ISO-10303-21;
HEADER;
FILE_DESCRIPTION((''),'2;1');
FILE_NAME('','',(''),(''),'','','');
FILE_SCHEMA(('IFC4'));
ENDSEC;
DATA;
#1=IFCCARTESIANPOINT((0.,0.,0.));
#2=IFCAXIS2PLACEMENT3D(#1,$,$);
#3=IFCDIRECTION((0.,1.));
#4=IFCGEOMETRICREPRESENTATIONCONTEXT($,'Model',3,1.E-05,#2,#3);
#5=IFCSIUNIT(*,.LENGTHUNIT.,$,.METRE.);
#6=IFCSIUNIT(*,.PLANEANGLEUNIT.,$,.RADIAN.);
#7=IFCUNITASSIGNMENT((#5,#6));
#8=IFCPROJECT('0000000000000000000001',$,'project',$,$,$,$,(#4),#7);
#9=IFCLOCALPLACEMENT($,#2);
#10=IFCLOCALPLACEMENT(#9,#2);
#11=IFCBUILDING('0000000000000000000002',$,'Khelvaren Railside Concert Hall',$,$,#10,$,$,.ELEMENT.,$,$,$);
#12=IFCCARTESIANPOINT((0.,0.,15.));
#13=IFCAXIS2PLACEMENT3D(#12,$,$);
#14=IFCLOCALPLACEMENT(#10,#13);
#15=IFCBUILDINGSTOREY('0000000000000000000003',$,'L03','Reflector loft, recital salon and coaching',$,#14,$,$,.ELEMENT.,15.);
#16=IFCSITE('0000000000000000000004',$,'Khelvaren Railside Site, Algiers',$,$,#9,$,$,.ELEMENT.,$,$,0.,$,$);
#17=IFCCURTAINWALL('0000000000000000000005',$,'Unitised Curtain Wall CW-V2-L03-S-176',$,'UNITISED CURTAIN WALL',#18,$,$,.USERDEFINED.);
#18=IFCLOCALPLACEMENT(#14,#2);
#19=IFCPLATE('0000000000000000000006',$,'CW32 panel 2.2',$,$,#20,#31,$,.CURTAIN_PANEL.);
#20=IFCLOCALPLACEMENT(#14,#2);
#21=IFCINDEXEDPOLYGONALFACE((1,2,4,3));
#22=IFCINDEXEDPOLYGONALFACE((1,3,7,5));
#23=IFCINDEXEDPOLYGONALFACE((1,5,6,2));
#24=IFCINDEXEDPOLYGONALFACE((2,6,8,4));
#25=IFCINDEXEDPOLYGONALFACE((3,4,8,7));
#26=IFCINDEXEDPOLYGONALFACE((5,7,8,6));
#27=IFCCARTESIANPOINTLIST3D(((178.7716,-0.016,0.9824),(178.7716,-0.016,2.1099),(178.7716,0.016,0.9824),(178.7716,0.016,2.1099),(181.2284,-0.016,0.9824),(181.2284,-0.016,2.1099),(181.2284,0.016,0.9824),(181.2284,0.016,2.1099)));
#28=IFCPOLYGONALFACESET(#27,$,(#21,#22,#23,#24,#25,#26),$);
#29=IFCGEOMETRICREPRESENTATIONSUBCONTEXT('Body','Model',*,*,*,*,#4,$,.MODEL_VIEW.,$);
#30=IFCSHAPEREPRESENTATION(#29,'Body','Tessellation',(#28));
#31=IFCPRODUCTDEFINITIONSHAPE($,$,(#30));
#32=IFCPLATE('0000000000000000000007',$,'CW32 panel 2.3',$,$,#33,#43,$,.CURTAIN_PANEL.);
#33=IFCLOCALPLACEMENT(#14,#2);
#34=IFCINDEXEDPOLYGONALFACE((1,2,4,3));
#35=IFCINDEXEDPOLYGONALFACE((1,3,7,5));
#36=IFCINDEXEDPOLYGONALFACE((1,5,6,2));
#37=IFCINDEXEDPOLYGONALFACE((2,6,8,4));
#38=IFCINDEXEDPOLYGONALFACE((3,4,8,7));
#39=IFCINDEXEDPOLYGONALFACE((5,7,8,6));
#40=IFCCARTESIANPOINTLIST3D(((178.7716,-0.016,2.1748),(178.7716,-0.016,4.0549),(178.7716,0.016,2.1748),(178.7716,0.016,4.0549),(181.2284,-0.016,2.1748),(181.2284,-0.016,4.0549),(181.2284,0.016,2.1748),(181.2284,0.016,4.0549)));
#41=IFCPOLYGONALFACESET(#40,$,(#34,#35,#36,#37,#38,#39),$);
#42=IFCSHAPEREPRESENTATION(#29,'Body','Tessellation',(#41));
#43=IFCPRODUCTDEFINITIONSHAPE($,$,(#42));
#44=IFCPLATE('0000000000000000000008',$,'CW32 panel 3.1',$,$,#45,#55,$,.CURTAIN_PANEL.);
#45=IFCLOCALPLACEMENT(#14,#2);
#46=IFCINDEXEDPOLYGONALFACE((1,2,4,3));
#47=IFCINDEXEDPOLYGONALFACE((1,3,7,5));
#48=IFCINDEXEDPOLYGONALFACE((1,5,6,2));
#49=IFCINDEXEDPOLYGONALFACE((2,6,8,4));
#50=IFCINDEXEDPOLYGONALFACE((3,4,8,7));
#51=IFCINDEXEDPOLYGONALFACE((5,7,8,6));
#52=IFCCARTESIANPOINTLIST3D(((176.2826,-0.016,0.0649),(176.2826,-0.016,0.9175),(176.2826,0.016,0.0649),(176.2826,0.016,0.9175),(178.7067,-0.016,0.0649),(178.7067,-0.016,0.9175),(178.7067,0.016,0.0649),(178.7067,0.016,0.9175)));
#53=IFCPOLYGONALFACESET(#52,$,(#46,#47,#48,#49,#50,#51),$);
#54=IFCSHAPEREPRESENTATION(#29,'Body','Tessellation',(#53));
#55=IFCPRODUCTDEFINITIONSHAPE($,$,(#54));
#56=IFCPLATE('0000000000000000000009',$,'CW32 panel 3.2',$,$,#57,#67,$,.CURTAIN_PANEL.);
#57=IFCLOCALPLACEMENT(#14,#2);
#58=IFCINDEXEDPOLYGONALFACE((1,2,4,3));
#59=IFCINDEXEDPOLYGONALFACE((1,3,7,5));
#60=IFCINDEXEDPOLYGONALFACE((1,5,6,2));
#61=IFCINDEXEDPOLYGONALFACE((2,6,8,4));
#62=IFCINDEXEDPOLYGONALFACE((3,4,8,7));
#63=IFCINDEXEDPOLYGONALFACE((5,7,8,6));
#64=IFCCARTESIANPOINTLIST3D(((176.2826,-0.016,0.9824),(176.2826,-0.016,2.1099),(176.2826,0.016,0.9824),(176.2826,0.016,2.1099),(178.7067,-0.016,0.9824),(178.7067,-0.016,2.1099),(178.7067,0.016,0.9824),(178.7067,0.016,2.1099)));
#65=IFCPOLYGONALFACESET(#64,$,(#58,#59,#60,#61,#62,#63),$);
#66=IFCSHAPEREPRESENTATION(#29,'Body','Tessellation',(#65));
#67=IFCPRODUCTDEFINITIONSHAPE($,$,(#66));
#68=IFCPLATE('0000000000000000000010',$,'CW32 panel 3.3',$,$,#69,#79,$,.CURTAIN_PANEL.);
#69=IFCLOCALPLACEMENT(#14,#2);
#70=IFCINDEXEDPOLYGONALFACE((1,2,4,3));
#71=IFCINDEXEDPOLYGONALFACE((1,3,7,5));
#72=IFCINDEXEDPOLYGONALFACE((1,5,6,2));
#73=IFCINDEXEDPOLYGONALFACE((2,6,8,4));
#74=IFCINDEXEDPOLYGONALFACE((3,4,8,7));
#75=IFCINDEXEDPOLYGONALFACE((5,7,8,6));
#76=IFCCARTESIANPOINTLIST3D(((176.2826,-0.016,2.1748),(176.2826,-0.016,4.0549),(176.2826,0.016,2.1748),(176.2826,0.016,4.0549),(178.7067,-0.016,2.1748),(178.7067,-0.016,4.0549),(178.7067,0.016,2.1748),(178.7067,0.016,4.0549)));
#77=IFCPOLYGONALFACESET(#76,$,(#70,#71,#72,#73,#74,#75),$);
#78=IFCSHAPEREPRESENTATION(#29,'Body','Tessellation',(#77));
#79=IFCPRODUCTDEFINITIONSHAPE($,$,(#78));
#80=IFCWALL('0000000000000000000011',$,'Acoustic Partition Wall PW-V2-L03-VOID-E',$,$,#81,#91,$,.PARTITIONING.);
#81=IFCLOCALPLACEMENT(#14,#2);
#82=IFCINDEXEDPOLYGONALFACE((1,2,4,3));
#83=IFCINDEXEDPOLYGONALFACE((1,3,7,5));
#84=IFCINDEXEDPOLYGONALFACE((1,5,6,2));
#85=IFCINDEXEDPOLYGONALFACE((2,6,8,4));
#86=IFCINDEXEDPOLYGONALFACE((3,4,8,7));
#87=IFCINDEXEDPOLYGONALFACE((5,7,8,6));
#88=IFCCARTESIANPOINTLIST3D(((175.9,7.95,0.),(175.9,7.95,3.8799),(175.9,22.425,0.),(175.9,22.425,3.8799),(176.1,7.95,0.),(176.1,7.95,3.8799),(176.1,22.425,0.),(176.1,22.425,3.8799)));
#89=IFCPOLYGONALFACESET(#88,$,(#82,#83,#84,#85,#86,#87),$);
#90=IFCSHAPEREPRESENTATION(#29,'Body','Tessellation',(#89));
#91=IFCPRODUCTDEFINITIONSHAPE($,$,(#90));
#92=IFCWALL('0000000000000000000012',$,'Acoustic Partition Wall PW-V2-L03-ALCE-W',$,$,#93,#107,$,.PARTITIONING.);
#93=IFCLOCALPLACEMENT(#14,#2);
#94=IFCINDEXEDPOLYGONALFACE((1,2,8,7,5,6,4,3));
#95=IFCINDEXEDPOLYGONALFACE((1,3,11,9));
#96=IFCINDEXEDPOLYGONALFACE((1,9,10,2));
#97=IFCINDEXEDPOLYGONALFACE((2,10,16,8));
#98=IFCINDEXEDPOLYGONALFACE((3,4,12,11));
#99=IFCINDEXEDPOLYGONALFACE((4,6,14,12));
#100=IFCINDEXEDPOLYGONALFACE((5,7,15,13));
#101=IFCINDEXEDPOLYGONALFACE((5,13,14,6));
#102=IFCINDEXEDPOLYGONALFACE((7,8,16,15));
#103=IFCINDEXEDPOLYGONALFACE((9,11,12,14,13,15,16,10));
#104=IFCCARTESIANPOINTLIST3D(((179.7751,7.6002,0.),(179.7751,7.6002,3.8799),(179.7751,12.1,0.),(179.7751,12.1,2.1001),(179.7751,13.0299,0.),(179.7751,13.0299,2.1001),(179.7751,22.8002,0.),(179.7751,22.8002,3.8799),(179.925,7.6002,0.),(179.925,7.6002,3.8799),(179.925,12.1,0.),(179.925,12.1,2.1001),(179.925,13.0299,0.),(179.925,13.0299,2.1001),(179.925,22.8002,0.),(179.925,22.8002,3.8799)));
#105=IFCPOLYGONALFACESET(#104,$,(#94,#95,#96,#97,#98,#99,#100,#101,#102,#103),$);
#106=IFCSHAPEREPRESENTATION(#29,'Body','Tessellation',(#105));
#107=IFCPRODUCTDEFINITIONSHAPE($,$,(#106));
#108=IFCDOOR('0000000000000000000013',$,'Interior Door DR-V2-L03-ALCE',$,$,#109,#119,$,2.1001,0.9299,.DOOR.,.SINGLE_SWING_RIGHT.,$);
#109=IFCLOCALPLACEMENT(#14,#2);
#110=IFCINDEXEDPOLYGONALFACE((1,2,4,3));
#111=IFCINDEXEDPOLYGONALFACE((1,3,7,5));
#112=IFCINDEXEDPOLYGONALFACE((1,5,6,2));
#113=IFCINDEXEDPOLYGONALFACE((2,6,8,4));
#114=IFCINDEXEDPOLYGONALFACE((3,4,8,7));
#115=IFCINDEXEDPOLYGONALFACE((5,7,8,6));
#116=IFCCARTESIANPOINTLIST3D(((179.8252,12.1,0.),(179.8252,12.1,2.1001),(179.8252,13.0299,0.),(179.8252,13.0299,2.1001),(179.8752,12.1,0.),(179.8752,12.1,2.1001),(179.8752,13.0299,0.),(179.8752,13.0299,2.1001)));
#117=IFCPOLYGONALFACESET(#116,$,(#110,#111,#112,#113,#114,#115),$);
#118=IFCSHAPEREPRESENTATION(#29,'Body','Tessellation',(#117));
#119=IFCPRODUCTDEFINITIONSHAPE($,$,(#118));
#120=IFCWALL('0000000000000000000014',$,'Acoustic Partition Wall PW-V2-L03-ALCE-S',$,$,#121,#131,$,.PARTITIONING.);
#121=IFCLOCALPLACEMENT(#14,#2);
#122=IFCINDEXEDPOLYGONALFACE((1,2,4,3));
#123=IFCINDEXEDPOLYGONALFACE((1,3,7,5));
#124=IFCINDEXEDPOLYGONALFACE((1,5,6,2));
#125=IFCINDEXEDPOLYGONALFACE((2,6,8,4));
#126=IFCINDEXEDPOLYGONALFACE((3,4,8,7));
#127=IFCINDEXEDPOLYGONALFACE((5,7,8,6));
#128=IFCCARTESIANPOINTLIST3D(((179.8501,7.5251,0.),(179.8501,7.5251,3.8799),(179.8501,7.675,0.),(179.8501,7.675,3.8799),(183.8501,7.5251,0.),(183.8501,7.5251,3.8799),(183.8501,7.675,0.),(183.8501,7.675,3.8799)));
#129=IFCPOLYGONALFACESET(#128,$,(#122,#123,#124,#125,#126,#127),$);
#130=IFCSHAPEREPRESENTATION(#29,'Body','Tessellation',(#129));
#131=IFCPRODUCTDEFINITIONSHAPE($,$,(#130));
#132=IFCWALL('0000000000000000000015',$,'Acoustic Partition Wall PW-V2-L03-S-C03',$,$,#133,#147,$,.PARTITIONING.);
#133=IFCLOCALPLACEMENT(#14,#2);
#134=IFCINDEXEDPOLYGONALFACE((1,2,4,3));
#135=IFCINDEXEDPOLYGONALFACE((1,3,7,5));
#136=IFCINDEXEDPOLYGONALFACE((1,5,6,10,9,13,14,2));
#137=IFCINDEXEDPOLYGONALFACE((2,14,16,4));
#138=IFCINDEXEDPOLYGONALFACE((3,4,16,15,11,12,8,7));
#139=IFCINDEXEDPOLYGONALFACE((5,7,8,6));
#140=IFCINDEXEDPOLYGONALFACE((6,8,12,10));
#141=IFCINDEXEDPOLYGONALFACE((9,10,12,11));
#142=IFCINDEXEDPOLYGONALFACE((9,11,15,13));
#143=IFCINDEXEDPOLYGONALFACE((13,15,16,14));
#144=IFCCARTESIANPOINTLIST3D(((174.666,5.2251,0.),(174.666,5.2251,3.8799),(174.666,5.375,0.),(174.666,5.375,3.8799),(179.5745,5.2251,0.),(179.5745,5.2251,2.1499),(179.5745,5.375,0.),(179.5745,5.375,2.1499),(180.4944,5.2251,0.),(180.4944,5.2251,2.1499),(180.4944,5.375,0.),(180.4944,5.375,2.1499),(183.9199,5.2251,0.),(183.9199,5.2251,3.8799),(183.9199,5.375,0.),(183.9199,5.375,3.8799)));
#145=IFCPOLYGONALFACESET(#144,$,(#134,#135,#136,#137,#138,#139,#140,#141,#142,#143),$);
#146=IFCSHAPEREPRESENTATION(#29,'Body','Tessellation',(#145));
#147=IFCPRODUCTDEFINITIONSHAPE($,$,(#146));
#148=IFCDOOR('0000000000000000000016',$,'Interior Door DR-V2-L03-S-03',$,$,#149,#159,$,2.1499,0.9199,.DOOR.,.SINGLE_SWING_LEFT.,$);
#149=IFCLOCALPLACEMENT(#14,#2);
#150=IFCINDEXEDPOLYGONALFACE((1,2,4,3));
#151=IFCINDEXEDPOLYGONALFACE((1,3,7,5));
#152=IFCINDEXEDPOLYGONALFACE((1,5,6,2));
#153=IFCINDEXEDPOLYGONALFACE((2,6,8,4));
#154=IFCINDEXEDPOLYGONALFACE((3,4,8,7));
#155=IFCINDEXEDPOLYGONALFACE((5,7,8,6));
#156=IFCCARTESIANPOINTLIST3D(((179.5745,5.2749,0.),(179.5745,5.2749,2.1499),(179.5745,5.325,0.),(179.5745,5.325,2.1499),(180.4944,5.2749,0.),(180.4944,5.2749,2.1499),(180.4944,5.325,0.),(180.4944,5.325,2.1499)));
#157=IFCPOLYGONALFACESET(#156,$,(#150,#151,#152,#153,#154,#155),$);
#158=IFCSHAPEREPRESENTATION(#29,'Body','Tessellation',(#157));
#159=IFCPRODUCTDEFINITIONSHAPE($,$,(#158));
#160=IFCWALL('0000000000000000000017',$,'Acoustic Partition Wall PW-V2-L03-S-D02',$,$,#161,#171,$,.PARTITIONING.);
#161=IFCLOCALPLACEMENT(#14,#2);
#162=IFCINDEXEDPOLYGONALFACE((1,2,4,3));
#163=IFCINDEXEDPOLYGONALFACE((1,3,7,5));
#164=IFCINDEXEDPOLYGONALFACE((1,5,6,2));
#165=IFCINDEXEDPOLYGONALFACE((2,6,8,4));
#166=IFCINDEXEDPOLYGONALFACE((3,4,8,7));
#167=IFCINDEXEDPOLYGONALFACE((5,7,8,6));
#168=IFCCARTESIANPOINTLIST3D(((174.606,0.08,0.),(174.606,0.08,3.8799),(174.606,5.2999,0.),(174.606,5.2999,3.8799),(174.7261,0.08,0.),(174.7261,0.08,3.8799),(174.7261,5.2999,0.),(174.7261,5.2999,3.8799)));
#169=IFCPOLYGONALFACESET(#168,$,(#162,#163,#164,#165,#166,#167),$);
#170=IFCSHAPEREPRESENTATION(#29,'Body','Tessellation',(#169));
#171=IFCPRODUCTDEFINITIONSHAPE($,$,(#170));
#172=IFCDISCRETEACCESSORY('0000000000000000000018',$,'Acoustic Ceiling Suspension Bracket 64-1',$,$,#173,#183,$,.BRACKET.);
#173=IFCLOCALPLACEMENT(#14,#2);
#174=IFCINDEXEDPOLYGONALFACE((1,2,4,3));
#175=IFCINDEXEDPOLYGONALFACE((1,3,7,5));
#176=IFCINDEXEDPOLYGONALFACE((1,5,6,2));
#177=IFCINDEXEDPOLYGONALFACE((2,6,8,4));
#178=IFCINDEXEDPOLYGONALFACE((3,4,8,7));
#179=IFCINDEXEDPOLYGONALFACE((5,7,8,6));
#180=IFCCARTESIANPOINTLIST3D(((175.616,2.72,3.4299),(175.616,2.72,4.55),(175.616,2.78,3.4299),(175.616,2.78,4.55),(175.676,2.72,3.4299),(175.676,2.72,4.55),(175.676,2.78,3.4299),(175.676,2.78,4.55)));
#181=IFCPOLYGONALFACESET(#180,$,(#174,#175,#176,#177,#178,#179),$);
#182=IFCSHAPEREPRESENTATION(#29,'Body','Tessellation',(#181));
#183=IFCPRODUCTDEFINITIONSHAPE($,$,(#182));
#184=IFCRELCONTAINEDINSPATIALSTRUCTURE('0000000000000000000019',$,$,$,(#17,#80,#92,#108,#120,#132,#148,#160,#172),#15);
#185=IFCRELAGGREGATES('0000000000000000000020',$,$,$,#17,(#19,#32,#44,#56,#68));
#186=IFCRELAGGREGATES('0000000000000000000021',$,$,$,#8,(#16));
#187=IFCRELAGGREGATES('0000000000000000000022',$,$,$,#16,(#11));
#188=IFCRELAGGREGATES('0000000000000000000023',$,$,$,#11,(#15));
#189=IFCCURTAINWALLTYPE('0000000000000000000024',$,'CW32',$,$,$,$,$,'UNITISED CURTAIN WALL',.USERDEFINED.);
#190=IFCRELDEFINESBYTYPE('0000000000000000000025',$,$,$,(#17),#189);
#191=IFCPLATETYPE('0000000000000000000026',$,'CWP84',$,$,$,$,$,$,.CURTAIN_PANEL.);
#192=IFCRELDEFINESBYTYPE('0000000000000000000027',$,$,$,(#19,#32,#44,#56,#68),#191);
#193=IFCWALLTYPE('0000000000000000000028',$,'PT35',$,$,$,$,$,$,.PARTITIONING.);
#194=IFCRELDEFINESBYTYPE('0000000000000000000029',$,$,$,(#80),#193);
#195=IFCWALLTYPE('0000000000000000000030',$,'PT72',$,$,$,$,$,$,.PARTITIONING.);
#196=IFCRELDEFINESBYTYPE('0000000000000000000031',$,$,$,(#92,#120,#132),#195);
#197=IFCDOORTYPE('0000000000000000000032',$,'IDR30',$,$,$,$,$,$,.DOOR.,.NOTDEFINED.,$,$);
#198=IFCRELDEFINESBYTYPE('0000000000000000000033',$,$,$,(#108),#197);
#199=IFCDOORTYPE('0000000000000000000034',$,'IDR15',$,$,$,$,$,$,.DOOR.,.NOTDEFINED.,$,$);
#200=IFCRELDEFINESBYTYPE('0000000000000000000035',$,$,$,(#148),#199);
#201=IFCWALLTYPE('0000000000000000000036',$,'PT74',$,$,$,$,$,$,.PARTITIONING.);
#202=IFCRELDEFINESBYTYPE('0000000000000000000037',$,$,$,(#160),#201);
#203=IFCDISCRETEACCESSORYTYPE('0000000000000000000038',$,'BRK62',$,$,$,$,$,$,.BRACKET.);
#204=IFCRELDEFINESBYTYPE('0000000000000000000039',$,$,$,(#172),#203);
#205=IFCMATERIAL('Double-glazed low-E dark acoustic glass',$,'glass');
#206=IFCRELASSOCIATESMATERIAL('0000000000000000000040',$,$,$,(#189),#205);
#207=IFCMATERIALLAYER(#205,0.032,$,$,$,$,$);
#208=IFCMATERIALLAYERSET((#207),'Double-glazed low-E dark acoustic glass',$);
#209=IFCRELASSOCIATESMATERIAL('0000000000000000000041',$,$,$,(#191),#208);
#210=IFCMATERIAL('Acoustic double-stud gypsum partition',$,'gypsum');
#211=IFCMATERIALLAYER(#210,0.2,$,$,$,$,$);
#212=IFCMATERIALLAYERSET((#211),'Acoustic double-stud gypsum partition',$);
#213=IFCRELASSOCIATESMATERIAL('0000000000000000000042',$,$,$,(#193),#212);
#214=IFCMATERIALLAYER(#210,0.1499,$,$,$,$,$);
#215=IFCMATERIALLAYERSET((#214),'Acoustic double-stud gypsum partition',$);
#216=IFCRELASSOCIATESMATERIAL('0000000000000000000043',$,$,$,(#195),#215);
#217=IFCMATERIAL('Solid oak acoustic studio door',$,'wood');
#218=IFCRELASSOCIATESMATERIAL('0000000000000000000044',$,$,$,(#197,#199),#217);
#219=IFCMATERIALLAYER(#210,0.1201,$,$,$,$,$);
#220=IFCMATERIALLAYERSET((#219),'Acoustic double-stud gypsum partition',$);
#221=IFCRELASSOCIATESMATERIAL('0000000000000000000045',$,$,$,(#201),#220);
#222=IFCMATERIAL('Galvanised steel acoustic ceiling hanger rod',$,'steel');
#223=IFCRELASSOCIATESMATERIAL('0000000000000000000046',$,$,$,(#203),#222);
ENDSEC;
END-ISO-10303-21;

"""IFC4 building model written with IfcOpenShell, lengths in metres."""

from ifc_helpers import new_model, si_unit, direction, frame, frame_2d, origin, origin_2d, place, context, subcontext, project, spatial, rectangle, extrude, material, layer, layer_set, type_object, element, fill, aggregate, save


model = new_model("IFC4")

# Units and contexts
model_context = context("Model", 3, precision=1e-05, world=origin(), true_north=direction((0.0, 1.0)))
body_context = subcontext(model_context, "Body", "Model", "MODEL_VIEW")
ifc_project = project(units=[si_unit("LENGTHUNIT", "METRE"), si_unit("PLANEANGLEUNIT", "RADIAN")], contexts=[model_context])

# Site, building, storey
site_placement = place(None, origin())
site = spatial("IfcSite", under=ifc_project, at=site_placement, Name="Khelvaren Railside Site, Algiers", CompositionType="ELEMENT", RefElevation=0.0)
building_placement = place(site_placement, origin())
building = spatial("IfcBuilding", under=site, at=building_placement, Name="Khelvaren Railside Concert Hall", CompositionType="ELEMENT")
storey_placement = place(building_placement, frame((0.0, 0.0, 15.0)))
storey = spatial("IfcBuildingStorey", under=building, at=storey_placement, Name="L03", Description="Reflector loft, recital salon and coaching", CompositionType="ELEMENT", Elevation=15.0)

# Shared definitions
ifc_material_1 = material(Name="Double-glazed low-E dark acoustic glass", Category="glass")

# Curtain wall
curtain_wall_type_1 = type_object("IfcCurtainWallType", Name="CW32", ElementType="UNITISED CURTAIN WALL", PredefinedType="USERDEFINED", material=ifc_material_1)
curtain_wall_1_placement = place(storey_placement, origin())
curtain_wall_1 = element("IfcCurtainWall", 1, at=curtain_wall_1_placement, inside=storey, type_object=curtain_wall_type_1, Name="Unitised Curtain Wall CW-V2-L03-S-176", ObjectType="UNITISED CURTAIN WALL", PredefinedType="USERDEFINED")

# Plates
ifc_layer_1 = layer(ifc_material_1, 0.032)
ifc_layer_set_1 = layer_set([ifc_layer_1], Name="Double-glazed low-E dark acoustic glass")
plate_type = type_object("IfcPlateType", Name="CWP84", PredefinedType="CURTAIN_PANEL", material=ifc_layer_set_1)
plate_1_placement = place(storey_placement, frame((180.0, 0.0, 0.9824), z_axis=(0.0, 0.0, 1.0), x_axis=(-1.0, 0.0, 0.0)))
plate_1 = element("IfcPlate", 2, at=plate_1_placement, type_object=plate_type, Name="CW32 panel 2.2", PredefinedType="CURTAIN_PANEL", context=body_context, shape_type="SweptSolid", body=[
    extrude(rectangle(XDim=2.4568, YDim=0.032, at=origin_2d()), origin(), (0.0, 0.0, 1.0), 1.1274),
])
plate_2_placement = place(storey_placement, frame((180.0, 0.0, 2.1748), z_axis=(0.0, 0.0, 1.0), x_axis=(-1.0, 0.0, 0.0)))
plate_2 = element("IfcPlate", 3, at=plate_2_placement, type_object=plate_type, Name="CW32 panel 2.3", PredefinedType="CURTAIN_PANEL", context=body_context, shape_type="SweptSolid", body=[
    extrude(rectangle(XDim=2.4568, YDim=0.032, at=origin_2d()), origin(), (0.0, 0.0, 1.0), 1.8801),
])
plate_3_placement = place(storey_placement, frame((177.4946, 0.0, 0.0649), z_axis=(0.0, 0.0, 1.0), x_axis=(-1.0, 0.0, 0.0)))
plate_3 = element("IfcPlate", 4, at=plate_3_placement, type_object=plate_type, Name="CW32 panel 3.1", PredefinedType="CURTAIN_PANEL", context=body_context, shape_type="SweptSolid", body=[
    extrude(rectangle(XDim=2.4241, YDim=0.032, at=origin_2d()), origin(), (0.0, 0.0, 1.0), 0.8525),
])
plate_4_placement = place(storey_placement, frame((177.4946, 0.0, 0.9824), z_axis=(0.0, 0.0, 1.0), x_axis=(-1.0, 0.0, 0.0)))
plate_4 = element("IfcPlate", 5, at=plate_4_placement, type_object=plate_type, Name="CW32 panel 3.2", PredefinedType="CURTAIN_PANEL", context=body_context, shape_type="SweptSolid", body=[
    extrude(rectangle(XDim=2.4241, YDim=0.032, at=origin_2d()), origin(), (0.0, 0.0, 1.0), 1.1274),
])
plate_5_placement = place(storey_placement, frame((177.4946, 0.0, 2.1748), z_axis=(0.0, 0.0, 1.0), x_axis=(-1.0, 0.0, 0.0)))
plate_5 = element("IfcPlate", 6, at=plate_5_placement, type_object=plate_type, Name="CW32 panel 3.3", PredefinedType="CURTAIN_PANEL", context=body_context, shape_type="SweptSolid", body=[
    extrude(rectangle(XDim=2.4241, YDim=0.032, at=origin_2d()), origin(), (0.0, 0.0, 1.0), 1.8801),
])
aggregate(curtain_wall_1, [plate_1, plate_2, plate_3, plate_4, plate_5])

# Wall
ifc_material_2 = material(Name="Acoustic double-stud gypsum partition", Category="gypsum")
ifc_layer_2 = layer(ifc_material_2, 0.2)
ifc_layer_set_2 = layer_set([ifc_layer_2], Name="Acoustic double-stud gypsum partition")
wall_type_1 = type_object("IfcWallType", Name="PT35", PredefinedType="PARTITIONING", material=ifc_layer_set_2)
wall_1_placement = place(storey_placement, frame((176.0, 7.95, 0.0), z_axis=(0.0, 0.0, 1.0), x_axis=(0.0, 1.0, 0.0)))
element("IfcWall", 7, at=wall_1_placement, inside=storey, type_object=wall_type_1, Name="Acoustic Partition Wall PW-V2-L03-VOID-E", PredefinedType="PARTITIONING", context=body_context, shape_type="SweptSolid", body=[
    extrude(rectangle(XDim=14.4751, YDim=0.2, at=frame_2d((7.2375, 0.0))), origin(), (0.0, 0.0, 1.0), 3.8799),
])

# Wall, opening, door
ifc_layer_3 = layer(ifc_material_2, 0.1499)
ifc_layer_set_3 = layer_set([ifc_layer_3], Name="Acoustic double-stud gypsum partition")
wall_type_2 = type_object("IfcWallType", Name="PT72", PredefinedType="PARTITIONING", material=ifc_layer_set_3)
wall_2_placement = place(storey_placement, frame((179.8501, 7.6001, 0.0), z_axis=(0.0, 0.0, 1.0), x_axis=(0.0, 1.0, 0.0)))
wall_2 = element("IfcWall", 8, at=wall_2_placement, inside=storey, type_object=wall_type_2, Name="Acoustic Partition Wall PW-V2-L03-ALCE-W", PredefinedType="PARTITIONING", context=body_context, shape_type="SweptSolid", body=[
    extrude(rectangle(XDim=15.2, YDim=0.1499, at=frame_2d((7.6001, 0.0))), origin(), (0.0, 0.0, 1.0), 3.8799),
])
opening_1_placement = place(wall_2_placement, frame((4.5, 0.0, 0.0)))
opening_1 = element("IfcOpeningElement", 9, at=opening_1_placement, cuts=wall_2, PredefinedType="OPENING", context=body_context, shape_type="SweptSolid", body=[
    extrude(rectangle(XDim=0.9299, YDim=2.1001, at=frame_2d((0.4648, 1.05))), frame((0.0, 0.085, 0.0), z_axis=(0.0, -1.0, 0.0), x_axis=(1.0, 0.0, 0.0)), (0.0, 0.0, 1.0), 0.1699),
])
ifc_material_3 = material(Name="Solid oak acoustic studio door", Category="wood")
door_type_1 = type_object("IfcDoorType", Name="IDR30", OperationType="NOTDEFINED", PredefinedType="DOOR", material=ifc_material_3)
door_1_placement = place(opening_1_placement, origin())
door_1 = element("IfcDoor", 10, at=door_1_placement, inside=storey, type_object=door_type_1, Name="Interior Door DR-V2-L03-ALCE", OperationType="SINGLE_SWING_RIGHT", OverallHeight=2.1001, OverallWidth=0.9299, PredefinedType="DOOR", context=body_context, shape_type="SweptSolid", body=[
    extrude(rectangle(XDim=0.9299, YDim=2.1001, at=frame_2d((0.4648, 1.05))), frame((0.0, 0.0249, 0.0), z_axis=(0.0, -1.0, 0.0), x_axis=(1.0, 0.0, 0.0)), (0.0, 0.0, 1.0), 0.05),
])
fill(opening_1, door_1)

# Wall
wall_3_placement = place(storey_placement, frame((179.8501, 7.6001, 0.0), z_axis=(0.0, 0.0, 1.0), x_axis=(1.0, 0.0, 0.0)))
element("IfcWall", 11, at=wall_3_placement, inside=storey, type_object=wall_type_2, Name="Acoustic Partition Wall PW-V2-L03-ALCE-S", PredefinedType="PARTITIONING", context=body_context, shape_type="SweptSolid", body=[
    extrude(rectangle(XDim=4.0, YDim=0.1499, at=frame_2d((2.0, 0.0))), origin(), (0.0, 0.0, 1.0), 3.8799),
])

# Wall, opening, door
wall_4_placement = place(storey_placement, frame((174.666, 5.3, 0.0), z_axis=(0.0, 0.0, 1.0), x_axis=(1.0, 0.0, 0.0)))
wall_4 = element("IfcWall", 12, at=wall_4_placement, inside=storey, type_object=wall_type_2, Name="Acoustic Partition Wall PW-V2-L03-S-C03", PredefinedType="PARTITIONING", context=body_context, shape_type="SweptSolid", body=[
    extrude(rectangle(XDim=9.2539, YDim=0.1499, at=frame_2d((4.627, 0.0))), origin(), (0.0, 0.0, 1.0), 3.8799),
])
opening_2_placement = place(wall_4_placement, frame((4.9084, 0.0, 0.0)))
opening_2 = element("IfcOpeningElement", 13, at=opening_2_placement, cuts=wall_4, PredefinedType="OPENING", context=body_context, shape_type="SweptSolid", body=[
    extrude(rectangle(XDim=0.9199, YDim=2.1499, at=frame_2d((0.46, 1.075))), frame((0.0, 0.085, 0.0), z_axis=(0.0, -1.0, 0.0), x_axis=(1.0, 0.0, 0.0)), (0.0, 0.0, 1.0), 0.1699),
])
door_type_2 = type_object("IfcDoorType", Name="IDR15", OperationType="NOTDEFINED", PredefinedType="DOOR", material=ifc_material_3)
door_2_placement = place(opening_2_placement, origin())
door_2 = element("IfcDoor", 14, at=door_2_placement, inside=storey, type_object=door_type_2, Name="Interior Door DR-V2-L03-S-03", OperationType="SINGLE_SWING_LEFT", OverallHeight=2.1499, OverallWidth=0.9199, PredefinedType="DOOR", context=body_context, shape_type="SweptSolid", body=[
    extrude(rectangle(XDim=0.9199, YDim=2.1499, at=frame_2d((0.46, 1.075))), frame((0.0, 0.0249, 0.0), z_axis=(0.0, -1.0, 0.0), x_axis=(1.0, 0.0, 0.0)), (0.0, 0.0, 1.0), 0.05),
])
fill(opening_2, door_2)

# Wall
ifc_layer_4 = layer(ifc_material_2, 0.1201)
ifc_layer_set_4 = layer_set([ifc_layer_4], Name="Acoustic double-stud gypsum partition")
wall_type_3 = type_object("IfcWallType", Name="PT74", PredefinedType="PARTITIONING", material=ifc_layer_set_4)
wall_5_placement = place(storey_placement, frame((174.666, 0.0801, 0.0), z_axis=(0.0, 0.0, 1.0), x_axis=(0.0, 1.0, 0.0)))
element("IfcWall", 15, at=wall_5_placement, inside=storey, type_object=wall_type_3, Name="Acoustic Partition Wall PW-V2-L03-S-D02", PredefinedType="PARTITIONING", context=body_context, shape_type="SweptSolid", body=[
    extrude(rectangle(XDim=5.22, YDim=0.1201, at=frame_2d((2.6099, 0.0))), origin(), (0.0, 0.0, 1.0), 3.8799),
])

# Discrete accessory
ifc_material_4 = material(Name="Galvanised steel acoustic ceiling hanger rod", Category="steel")
discrete_accessory_type = type_object("IfcDiscreteAccessoryType", Name="BRK62", PredefinedType="BRACKET", material=ifc_material_4)
discrete_accessory_placement = place(storey_placement, frame((175.646, 2.75, 3.4299), z_axis=(0.0, 0.0, 1.0), x_axis=(1.0, 0.0, 0.0)))
element("IfcDiscreteAccessory", 16, at=discrete_accessory_placement, inside=storey, type_object=discrete_accessory_type, Name="Acoustic Ceiling Suspension Bracket 64-1", PredefinedType="BRACKET", context=body_context, shape_type="SweptSolid", body=[
    extrude(rectangle(XDim=0.0601, YDim=0.0601, at=origin_2d()), origin(), (0.0, 0.0, 1.0), 1.1201),
])

save(model, "model.ifc")
